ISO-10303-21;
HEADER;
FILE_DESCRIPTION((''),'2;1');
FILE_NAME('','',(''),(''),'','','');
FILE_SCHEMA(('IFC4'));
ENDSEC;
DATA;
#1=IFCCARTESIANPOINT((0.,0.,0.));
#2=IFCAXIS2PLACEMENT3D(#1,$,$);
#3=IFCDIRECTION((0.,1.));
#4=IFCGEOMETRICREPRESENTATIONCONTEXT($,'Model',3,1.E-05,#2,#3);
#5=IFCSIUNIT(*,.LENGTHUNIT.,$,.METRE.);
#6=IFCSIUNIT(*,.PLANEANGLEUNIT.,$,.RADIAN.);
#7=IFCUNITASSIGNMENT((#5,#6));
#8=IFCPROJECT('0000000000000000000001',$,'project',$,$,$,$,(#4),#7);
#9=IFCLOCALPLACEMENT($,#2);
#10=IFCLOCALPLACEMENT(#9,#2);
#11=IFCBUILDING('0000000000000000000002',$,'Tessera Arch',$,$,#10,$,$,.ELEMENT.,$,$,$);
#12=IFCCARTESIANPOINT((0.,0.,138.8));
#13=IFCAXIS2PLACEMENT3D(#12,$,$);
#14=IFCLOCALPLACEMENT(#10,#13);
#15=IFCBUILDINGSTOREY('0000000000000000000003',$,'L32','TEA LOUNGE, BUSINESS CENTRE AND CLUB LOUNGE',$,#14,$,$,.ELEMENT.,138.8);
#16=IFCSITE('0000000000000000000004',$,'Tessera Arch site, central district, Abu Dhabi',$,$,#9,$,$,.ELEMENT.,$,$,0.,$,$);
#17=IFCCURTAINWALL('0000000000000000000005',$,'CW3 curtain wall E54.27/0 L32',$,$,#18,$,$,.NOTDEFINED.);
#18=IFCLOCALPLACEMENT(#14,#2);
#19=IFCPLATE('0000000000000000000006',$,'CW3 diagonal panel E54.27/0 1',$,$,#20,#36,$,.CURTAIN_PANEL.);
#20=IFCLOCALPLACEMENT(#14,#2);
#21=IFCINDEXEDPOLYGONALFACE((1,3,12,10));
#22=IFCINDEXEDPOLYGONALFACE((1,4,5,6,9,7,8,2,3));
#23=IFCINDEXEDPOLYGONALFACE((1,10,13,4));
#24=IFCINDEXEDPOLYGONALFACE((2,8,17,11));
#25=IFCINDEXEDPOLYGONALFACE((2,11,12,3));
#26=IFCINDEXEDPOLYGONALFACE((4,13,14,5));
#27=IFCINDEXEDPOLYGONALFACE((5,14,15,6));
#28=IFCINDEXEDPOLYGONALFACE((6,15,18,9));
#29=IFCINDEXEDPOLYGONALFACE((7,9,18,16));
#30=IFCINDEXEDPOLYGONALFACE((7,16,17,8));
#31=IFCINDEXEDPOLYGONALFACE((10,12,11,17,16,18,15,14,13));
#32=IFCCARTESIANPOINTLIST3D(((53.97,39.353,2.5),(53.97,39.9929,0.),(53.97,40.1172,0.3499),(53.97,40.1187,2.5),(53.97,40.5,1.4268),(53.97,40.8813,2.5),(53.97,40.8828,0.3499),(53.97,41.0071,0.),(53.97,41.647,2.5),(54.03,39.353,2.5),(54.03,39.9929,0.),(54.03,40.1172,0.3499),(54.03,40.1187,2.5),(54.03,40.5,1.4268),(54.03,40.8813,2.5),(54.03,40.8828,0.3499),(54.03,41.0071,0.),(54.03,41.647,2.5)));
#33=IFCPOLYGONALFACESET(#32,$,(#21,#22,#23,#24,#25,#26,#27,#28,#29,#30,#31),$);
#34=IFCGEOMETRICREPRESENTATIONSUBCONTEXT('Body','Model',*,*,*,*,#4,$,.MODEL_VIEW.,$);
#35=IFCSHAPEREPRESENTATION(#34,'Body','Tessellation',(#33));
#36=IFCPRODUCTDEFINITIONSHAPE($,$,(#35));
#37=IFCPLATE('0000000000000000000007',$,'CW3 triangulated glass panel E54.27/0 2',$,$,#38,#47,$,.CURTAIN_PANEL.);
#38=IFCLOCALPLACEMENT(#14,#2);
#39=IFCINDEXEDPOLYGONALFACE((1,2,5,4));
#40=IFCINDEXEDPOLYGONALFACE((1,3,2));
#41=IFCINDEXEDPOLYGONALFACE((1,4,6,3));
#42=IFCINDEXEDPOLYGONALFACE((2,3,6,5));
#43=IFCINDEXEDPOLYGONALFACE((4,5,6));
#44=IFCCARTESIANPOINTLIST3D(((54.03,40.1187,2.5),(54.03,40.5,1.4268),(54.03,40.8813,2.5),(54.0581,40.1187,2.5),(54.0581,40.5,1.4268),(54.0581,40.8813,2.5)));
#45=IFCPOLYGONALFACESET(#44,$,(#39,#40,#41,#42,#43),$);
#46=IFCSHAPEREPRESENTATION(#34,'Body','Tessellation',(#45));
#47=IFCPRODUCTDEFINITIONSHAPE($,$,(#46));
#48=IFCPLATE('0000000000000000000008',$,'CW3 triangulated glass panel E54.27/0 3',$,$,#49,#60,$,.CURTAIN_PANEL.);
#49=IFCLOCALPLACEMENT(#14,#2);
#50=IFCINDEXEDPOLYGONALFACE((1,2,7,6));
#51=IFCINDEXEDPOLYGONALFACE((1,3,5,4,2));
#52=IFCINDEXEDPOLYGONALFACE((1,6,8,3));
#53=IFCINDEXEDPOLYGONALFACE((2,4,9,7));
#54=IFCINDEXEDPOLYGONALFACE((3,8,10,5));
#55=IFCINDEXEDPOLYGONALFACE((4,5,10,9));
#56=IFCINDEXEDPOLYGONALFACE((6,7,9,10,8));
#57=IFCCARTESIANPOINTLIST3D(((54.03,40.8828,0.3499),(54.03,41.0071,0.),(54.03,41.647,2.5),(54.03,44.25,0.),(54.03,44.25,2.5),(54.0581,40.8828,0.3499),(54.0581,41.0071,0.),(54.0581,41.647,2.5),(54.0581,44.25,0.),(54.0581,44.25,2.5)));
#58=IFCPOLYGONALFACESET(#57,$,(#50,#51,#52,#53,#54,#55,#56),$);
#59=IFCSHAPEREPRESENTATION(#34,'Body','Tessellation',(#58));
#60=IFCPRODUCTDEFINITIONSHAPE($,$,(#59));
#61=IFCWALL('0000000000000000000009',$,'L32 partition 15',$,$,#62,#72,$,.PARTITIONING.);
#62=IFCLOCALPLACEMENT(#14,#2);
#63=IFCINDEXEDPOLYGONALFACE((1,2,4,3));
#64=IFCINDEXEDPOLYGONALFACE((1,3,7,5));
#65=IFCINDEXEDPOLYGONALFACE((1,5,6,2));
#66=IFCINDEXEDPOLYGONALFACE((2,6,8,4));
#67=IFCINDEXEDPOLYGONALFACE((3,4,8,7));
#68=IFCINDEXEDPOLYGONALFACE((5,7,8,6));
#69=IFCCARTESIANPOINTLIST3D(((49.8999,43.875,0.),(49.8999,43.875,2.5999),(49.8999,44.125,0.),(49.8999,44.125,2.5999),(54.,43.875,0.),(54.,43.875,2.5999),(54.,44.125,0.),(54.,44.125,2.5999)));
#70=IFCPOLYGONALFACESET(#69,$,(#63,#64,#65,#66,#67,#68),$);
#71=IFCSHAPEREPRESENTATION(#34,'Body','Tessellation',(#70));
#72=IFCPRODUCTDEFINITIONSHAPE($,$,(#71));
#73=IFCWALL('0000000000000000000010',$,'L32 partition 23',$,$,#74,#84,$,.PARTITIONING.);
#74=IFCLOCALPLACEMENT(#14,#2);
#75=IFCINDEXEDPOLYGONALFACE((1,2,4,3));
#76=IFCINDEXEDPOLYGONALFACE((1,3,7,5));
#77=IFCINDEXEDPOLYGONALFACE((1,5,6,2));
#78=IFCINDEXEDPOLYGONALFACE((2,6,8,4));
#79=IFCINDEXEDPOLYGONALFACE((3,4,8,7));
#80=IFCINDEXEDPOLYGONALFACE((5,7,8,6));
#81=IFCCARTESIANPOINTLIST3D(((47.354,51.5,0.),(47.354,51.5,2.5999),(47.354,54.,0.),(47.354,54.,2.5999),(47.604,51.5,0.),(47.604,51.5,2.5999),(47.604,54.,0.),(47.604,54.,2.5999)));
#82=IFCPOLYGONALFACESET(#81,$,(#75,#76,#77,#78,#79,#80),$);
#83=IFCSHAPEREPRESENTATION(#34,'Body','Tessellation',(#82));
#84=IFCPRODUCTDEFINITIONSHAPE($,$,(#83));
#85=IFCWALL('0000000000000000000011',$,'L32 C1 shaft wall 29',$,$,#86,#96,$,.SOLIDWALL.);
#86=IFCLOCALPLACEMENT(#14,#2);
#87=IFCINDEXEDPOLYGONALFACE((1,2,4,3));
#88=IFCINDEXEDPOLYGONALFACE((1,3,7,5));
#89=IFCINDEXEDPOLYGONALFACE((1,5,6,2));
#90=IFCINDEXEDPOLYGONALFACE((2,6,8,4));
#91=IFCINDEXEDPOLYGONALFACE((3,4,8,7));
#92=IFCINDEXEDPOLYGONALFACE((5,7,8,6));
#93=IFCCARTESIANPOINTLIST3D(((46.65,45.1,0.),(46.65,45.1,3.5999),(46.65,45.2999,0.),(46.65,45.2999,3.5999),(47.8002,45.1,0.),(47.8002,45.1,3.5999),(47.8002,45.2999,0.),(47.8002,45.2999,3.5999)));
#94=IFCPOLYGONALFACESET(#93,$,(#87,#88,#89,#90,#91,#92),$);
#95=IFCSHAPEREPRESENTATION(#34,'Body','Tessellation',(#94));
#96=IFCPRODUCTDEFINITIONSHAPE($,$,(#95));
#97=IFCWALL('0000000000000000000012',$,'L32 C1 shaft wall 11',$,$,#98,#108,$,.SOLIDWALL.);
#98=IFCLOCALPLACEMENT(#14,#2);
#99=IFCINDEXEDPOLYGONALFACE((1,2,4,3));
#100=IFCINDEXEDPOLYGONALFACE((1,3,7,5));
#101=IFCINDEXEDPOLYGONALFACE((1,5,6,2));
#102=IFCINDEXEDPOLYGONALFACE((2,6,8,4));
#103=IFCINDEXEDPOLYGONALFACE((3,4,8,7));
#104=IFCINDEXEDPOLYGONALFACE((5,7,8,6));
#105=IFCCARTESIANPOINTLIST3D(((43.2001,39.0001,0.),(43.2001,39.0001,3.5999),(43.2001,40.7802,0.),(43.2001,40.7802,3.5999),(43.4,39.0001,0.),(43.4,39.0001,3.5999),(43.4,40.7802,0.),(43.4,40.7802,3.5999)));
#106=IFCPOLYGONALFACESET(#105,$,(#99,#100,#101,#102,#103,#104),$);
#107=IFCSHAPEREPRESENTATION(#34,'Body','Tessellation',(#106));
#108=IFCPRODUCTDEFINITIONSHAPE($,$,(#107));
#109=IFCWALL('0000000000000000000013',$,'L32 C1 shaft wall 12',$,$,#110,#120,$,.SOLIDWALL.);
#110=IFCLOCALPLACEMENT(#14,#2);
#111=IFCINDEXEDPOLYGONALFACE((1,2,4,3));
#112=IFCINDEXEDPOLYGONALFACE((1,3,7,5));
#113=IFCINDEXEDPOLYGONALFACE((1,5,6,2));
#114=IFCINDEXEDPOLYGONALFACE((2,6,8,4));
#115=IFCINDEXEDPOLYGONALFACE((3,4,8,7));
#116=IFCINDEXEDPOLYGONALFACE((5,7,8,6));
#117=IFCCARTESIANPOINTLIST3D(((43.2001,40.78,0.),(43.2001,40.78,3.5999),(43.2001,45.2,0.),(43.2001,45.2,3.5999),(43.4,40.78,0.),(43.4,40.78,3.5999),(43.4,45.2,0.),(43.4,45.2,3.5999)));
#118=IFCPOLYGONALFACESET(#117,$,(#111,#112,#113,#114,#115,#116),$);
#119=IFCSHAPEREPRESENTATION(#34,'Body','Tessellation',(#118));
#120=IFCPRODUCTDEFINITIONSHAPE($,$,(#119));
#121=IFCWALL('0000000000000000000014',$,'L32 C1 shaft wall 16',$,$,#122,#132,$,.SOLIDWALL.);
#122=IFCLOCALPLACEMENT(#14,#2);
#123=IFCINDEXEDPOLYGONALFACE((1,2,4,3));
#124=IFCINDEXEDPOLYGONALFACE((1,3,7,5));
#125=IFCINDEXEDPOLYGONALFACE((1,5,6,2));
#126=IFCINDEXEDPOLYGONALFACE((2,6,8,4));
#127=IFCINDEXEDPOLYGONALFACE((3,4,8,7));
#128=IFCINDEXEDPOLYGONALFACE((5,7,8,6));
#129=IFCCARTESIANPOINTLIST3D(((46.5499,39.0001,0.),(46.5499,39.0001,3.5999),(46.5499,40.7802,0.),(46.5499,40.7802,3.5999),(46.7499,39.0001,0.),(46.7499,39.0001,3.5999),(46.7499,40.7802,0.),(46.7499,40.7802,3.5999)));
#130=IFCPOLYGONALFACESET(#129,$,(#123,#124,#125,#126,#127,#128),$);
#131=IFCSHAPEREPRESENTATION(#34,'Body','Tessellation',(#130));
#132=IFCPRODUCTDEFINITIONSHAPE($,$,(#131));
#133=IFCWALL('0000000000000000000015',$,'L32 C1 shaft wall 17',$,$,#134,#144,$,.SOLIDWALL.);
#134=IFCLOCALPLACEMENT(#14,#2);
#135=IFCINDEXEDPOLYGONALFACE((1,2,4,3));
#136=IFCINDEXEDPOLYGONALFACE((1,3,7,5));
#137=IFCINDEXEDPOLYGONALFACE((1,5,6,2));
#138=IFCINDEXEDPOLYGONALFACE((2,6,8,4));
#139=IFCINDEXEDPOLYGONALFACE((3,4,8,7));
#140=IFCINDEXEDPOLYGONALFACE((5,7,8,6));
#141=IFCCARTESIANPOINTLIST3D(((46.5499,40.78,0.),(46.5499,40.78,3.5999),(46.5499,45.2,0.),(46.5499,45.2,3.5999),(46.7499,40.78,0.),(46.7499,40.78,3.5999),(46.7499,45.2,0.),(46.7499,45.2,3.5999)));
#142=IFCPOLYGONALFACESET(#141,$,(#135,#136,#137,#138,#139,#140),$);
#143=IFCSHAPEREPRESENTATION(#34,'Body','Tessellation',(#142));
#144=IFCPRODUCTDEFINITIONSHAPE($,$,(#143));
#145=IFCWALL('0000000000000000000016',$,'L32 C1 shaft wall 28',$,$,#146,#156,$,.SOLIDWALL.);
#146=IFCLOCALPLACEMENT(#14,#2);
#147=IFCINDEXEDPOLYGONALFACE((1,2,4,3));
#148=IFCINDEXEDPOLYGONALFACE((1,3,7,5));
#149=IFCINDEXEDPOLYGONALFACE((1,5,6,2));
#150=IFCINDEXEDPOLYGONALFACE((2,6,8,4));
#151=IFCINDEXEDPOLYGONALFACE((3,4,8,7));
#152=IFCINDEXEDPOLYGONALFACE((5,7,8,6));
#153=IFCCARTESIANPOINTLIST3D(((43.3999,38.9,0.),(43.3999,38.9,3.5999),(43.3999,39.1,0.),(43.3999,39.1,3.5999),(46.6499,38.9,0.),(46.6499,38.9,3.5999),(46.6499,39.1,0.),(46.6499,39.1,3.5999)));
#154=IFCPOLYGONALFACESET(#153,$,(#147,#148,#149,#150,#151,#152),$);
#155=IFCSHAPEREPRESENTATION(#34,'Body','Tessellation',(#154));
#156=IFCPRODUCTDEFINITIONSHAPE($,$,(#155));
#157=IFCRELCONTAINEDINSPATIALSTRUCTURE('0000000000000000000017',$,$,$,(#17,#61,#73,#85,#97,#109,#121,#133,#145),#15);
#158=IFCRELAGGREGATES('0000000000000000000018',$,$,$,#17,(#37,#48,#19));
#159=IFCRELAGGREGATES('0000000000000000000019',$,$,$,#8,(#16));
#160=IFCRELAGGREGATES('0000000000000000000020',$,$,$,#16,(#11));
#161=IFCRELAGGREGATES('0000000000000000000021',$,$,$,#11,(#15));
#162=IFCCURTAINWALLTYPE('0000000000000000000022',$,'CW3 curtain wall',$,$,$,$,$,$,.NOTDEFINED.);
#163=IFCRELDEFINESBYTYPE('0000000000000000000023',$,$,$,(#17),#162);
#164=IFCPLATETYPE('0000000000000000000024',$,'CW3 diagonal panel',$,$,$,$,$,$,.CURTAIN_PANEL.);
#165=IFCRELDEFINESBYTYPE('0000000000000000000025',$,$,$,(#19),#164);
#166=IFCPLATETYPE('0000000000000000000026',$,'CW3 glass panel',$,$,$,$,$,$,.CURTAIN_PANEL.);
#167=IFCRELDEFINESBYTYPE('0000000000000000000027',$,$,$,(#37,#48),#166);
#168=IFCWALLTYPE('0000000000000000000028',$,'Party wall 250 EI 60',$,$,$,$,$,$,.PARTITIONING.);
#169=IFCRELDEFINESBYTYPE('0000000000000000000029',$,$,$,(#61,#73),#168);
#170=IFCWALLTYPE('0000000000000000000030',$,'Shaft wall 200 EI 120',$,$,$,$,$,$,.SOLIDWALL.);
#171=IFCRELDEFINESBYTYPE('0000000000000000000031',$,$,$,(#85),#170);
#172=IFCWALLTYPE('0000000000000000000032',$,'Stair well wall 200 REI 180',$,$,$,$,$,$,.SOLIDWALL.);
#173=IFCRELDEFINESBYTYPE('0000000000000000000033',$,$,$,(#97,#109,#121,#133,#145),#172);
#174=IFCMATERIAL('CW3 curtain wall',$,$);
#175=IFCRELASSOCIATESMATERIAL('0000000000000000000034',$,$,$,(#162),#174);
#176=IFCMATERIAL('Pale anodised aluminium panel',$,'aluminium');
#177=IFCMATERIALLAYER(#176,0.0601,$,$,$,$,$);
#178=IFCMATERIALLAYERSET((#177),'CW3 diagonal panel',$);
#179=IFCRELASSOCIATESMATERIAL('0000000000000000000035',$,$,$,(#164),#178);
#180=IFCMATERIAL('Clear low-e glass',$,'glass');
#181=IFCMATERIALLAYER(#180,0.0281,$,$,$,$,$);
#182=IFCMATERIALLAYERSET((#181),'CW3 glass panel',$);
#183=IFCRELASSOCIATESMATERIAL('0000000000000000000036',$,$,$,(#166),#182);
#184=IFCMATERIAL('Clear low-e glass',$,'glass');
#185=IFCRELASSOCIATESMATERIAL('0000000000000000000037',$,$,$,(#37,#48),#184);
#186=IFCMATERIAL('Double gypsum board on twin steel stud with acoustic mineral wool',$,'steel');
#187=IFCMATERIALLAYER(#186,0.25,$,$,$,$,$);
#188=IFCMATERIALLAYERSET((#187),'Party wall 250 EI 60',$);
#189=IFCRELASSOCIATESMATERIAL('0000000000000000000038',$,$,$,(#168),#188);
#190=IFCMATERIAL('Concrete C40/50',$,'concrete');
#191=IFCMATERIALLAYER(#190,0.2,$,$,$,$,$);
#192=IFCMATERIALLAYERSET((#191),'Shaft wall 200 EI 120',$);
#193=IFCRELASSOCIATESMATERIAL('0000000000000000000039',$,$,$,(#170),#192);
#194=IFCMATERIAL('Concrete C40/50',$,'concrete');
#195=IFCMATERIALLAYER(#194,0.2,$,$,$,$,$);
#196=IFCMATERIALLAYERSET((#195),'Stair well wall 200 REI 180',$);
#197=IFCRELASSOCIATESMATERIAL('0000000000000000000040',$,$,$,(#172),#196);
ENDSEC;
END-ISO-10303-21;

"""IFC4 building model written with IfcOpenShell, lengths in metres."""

from ifc_helpers import new_model, si_unit, direction, frame, frame_2d, origin, place, context, subcontext, project, spatial, polyline, rectangle, outline, extrude, material, layer, layer_set, type_object, element, aggregate, save


model = new_model("IFC4")

# Units and contexts
model_context = context("Model", 3, precision=1e-05, world=origin(), true_north=direction((0.0, 1.0)))
body_context = subcontext(model_context, "Body", "Model", "MODEL_VIEW")
ifc_project = project(units=[si_unit("LENGTHUNIT", "METRE"), si_unit("PLANEANGLEUNIT", "RADIAN")], contexts=[model_context])

# Site, building, storey
site_placement = place(None, origin())
site = spatial("IfcSite", under=ifc_project, at=site_placement, Name="Tessera Arch site, central district, Abu Dhabi", CompositionType="ELEMENT", RefElevation=0.0)
building_placement = place(site_placement, origin())
building = spatial("IfcBuilding", under=site, at=building_placement, Name="Tessera Arch", CompositionType="ELEMENT")
storey_placement = place(building_placement, frame((0.0, 0.0, 138.8)))
storey = spatial("IfcBuildingStorey", under=building, at=storey_placement, Name="L32", Description="TEA LOUNGE, BUSINESS CENTRE AND CLUB LOUNGE", CompositionType="ELEMENT", Elevation=138.8)

# Shared definitions
ifc_material_1 = material(Name="Clear low-e glass", Category="glass")

# Curtain wall, plates
ifc_material_2 = material(Name="CW3 curtain wall")
curtain_wall_type_1 = type_object("IfcCurtainWallType", Name="CW3 curtain wall", PredefinedType="NOTDEFINED", material=ifc_material_2)
curtain_wall_1_placement = place(storey_placement, origin())
curtain_wall_1 = element("IfcCurtainWall", 1, at=curtain_wall_1_placement, inside=storey, type_object=curtain_wall_type_1, Name="CW3 curtain wall E54.27/0 L32", PredefinedType="NOTDEFINED")
ifc_material_3 = material(Name="Pale anodised aluminium panel", Category="aluminium")
ifc_layer_1 = layer(ifc_material_3, 0.0601)
ifc_layer_set_1 = layer_set([ifc_layer_1], Name="CW3 diagonal panel")
plate_type_1 = type_object("IfcPlateType", Name="CW3 diagonal panel", PredefinedType="CURTAIN_PANEL", material=ifc_layer_set_1)
plate_1_placement = place(storey_placement, frame((54.03, 41.647, 2.5), z_axis=(1.0, 0.0, 0.0), x_axis=(0.0, -1.0, 0.0)))
plate_1 = element("IfcPlate", 2, at=plate_1_placement, type_object=plate_type_1, Name="CW3 diagonal panel E54.27/0 1", PredefinedType="CURTAIN_PANEL", context=body_context, shape_type="SweptSolid", body=[
    extrude(outline(polyline([(0.0, 0.0), (0.7656, 0.0), (1.147, 1.0732), (1.5283, 0.0), (2.2939, 0.0), (1.5298, 2.1501), (1.6541, 2.5), (0.6399, 2.5), (0.7642, 2.1501), (0.0, 0.0)])), origin(), (0.0, 0.0, -1.0), 0.0601),
])
ifc_material_4 = material(Name="Clear low-e glass", Category="glass")
ifc_layer_2 = layer(ifc_material_4, 0.0281)
ifc_layer_set_2 = layer_set([ifc_layer_2], Name="CW3 glass panel")
plate_type_2 = type_object("IfcPlateType", Name="CW3 glass panel", PredefinedType="CURTAIN_PANEL", material=ifc_layer_set_2)
plate_2_placement = place(storey_placement, frame((54.0581, 40.8813, 2.5), z_axis=(1.0, 0.0, 0.0), x_axis=(0.0, -1.0, 0.0)))
plate_2 = element("IfcPlate", 3, at=plate_2_placement, type_object=plate_type_2, material=ifc_material_1, Name="CW3 triangulated glass panel E54.27/0 2", PredefinedType="CURTAIN_PANEL", context=body_context, shape_type="SweptSolid", body=[
    extrude(outline(polyline([(0.0, 0.0), (0.7627, 0.0), (0.3813, 1.0732), (0.0, 0.0)])), origin(), (0.0, 0.0, -1.0), 0.0281),
])
plate_3_placement = place(storey_placement, frame((54.0581, 44.25, 2.5), z_axis=(1.0, 0.0, 0.0), x_axis=(0.0, -1.0, 0.0)))
plate_3 = element("IfcPlate", 4, at=plate_3_placement, type_object=plate_type_2, material=ifc_material_1, Name="CW3 triangulated glass panel E54.27/0 3", PredefinedType="CURTAIN_PANEL", context=body_context, shape_type="SweptSolid", body=[
    extrude(outline(polyline([(0.0, 0.0), (2.603, 0.0), (3.3672, 2.1501), (3.2429, 2.5), (0.0, 2.5), (0.0, 0.0)])), origin(), (0.0, 0.0, -1.0), 0.0281),
])
aggregate(curtain_wall_1, [plate_2, plate_3, plate_1])

# Walls
ifc_material_5 = material(Name="Double gypsum board on twin steel stud with acoustic mineral wool", Category="steel")
ifc_layer_3 = layer(ifc_material_5, 0.25)
ifc_layer_set_3 = layer_set([ifc_layer_3], Name="Party wall 250 EI 60")
wall_type_1 = type_object("IfcWallType", Name="Party wall 250 EI 60", PredefinedType="PARTITIONING", material=ifc_layer_set_3)
wall_1_placement = place(storey_placement, frame((49.8999, 44.0, 0.0), z_axis=(0.0, 0.0, 1.0), x_axis=(1.0, 0.0, 0.0)))
element("IfcWall", 5, at=wall_1_placement, inside=storey, type_object=wall_type_1, Name="L32 partition 15", PredefinedType="PARTITIONING", context=body_context, shape_type="SweptSolid", body=[
    extrude(rectangle(XDim=4.1001, YDim=0.25, at=frame_2d((2.05, 0.0))), origin(), (0.0, 0.0, 1.0), 2.5999),
])
wall_2_placement = place(storey_placement, frame((47.479, 51.5, 0.0), z_axis=(0.0, 0.0, 1.0), x_axis=(0.0, 1.0, 0.0)))
element("IfcWall", 6, at=wall_2_placement, inside=storey, type_object=wall_type_1, Name="L32 partition 23", PredefinedType="PARTITIONING", context=body_context, shape_type="SweptSolid", body=[
    extrude(rectangle(XDim=2.5, YDim=0.25, at=frame_2d((1.25, 0.0))), origin(), (0.0, 0.0, 1.0), 2.5999),
])
ifc_material_6 = material(Name="Concrete C40/50", Category="concrete")
ifc_layer_4 = layer(ifc_material_6, 0.2)
ifc_layer_set_4 = layer_set([ifc_layer_4], Name="Shaft wall 200 EI 120")
wall_type_2 = type_object("IfcWallType", Name="Shaft wall 200 EI 120", PredefinedType="SOLIDWALL", material=ifc_layer_set_4)
wall_3_placement = place(storey_placement, frame((46.6499, 45.2, 0.0), z_axis=(0.0, 0.0, 1.0), x_axis=(1.0, 0.0, 0.0)))
element("IfcWall", 7, at=wall_3_placement, inside=storey, type_object=wall_type_2, Name="L32 C1 shaft wall 29", PredefinedType="SOLIDWALL", context=body_context, shape_type="SweptSolid", body=[
    extrude(rectangle(XDim=1.1501, YDim=0.2, at=frame_2d((0.5752, 0.0))), origin(), (0.0, 0.0, 1.0), 3.5999),
])
ifc_material_7 = material(Name="Concrete C40/50", Category="concrete")
ifc_layer_5 = layer(ifc_material_7, 0.2)
ifc_layer_set_5 = layer_set([ifc_layer_5], Name="Stair well wall 200 REI 180")
wall_type_3 = type_object("IfcWallType", Name="Stair well wall 200 REI 180", PredefinedType="SOLIDWALL", material=ifc_layer_set_5)
wall_4_placement = place(storey_placement, frame((43.3, 39.0, 0.0), z_axis=(0.0, 0.0, 1.0), x_axis=(0.0, 1.0, 0.0)))
element("IfcWall", 8, at=wall_4_placement, inside=storey, type_object=wall_type_3, Name="L32 C1 shaft wall 11", PredefinedType="SOLIDWALL", context=body_context, shape_type="SweptSolid", body=[
    extrude(rectangle(XDim=1.78, YDim=0.2, at=frame_2d((0.8901, 0.0))), origin(), (0.0, 0.0, 1.0), 3.5999),
])
wall_5_placement = place(storey_placement, frame((43.3, 40.78, 0.0), z_axis=(0.0, 0.0, 1.0), x_axis=(0.0, 1.0, 0.0)))
element("IfcWall", 9, at=wall_5_placement, inside=storey, type_object=wall_type_3, Name="L32 C1 shaft wall 12", PredefinedType="SOLIDWALL", context=body_context, shape_type="SweptSolid", body=[
    extrude(rectangle(XDim=4.4199, YDim=0.2, at=frame_2d((2.21, 0.0))), origin(), (0.0, 0.0, 1.0), 3.5999),
])
wall_6_placement = place(storey_placement, frame((46.6499, 39.0, 0.0), z_axis=(0.0, 0.0, 1.0), x_axis=(0.0, 1.0, 0.0)))
element("IfcWall", 10, at=wall_6_placement, inside=storey, type_object=wall_type_3, Name="L32 C1 shaft wall 16", PredefinedType="SOLIDWALL", context=body_context, shape_type="SweptSolid", body=[
    extrude(rectangle(XDim=1.78, YDim=0.2, at=frame_2d((0.8901, 0.0))), origin(), (0.0, 0.0, 1.0), 3.5999),
])
wall_7_placement = place(storey_placement, frame((46.6499, 40.78, 0.0), z_axis=(0.0, 0.0, 1.0), x_axis=(0.0, 1.0, 0.0)))
element("IfcWall", 11, at=wall_7_placement, inside=storey, type_object=wall_type_3, Name="L32 C1 shaft wall 17", PredefinedType="SOLIDWALL", context=body_context, shape_type="SweptSolid", body=[
    extrude(rectangle(XDim=4.4199, YDim=0.2, at=frame_2d((2.21, 0.0))), origin(), (0.0, 0.0, 1.0), 3.5999),
])
wall_8_placement = place(storey_placement, frame((43.3999, 39.0, 0.0), z_axis=(0.0, 0.0, 1.0), x_axis=(1.0, 0.0, 0.0)))
element("IfcWall", 12, at=wall_8_placement, inside=storey, type_object=wall_type_3, Name="L32 C1 shaft wall 28", PredefinedType="SOLIDWALL", context=body_context, shape_type="SweptSolid", body=[
    extrude(rectangle(XDim=3.25, YDim=0.2, at=frame_2d((1.625, 0.0))), origin(), (0.0, 0.0, 1.0), 3.5999),
])

save(model, "model.ifc")
